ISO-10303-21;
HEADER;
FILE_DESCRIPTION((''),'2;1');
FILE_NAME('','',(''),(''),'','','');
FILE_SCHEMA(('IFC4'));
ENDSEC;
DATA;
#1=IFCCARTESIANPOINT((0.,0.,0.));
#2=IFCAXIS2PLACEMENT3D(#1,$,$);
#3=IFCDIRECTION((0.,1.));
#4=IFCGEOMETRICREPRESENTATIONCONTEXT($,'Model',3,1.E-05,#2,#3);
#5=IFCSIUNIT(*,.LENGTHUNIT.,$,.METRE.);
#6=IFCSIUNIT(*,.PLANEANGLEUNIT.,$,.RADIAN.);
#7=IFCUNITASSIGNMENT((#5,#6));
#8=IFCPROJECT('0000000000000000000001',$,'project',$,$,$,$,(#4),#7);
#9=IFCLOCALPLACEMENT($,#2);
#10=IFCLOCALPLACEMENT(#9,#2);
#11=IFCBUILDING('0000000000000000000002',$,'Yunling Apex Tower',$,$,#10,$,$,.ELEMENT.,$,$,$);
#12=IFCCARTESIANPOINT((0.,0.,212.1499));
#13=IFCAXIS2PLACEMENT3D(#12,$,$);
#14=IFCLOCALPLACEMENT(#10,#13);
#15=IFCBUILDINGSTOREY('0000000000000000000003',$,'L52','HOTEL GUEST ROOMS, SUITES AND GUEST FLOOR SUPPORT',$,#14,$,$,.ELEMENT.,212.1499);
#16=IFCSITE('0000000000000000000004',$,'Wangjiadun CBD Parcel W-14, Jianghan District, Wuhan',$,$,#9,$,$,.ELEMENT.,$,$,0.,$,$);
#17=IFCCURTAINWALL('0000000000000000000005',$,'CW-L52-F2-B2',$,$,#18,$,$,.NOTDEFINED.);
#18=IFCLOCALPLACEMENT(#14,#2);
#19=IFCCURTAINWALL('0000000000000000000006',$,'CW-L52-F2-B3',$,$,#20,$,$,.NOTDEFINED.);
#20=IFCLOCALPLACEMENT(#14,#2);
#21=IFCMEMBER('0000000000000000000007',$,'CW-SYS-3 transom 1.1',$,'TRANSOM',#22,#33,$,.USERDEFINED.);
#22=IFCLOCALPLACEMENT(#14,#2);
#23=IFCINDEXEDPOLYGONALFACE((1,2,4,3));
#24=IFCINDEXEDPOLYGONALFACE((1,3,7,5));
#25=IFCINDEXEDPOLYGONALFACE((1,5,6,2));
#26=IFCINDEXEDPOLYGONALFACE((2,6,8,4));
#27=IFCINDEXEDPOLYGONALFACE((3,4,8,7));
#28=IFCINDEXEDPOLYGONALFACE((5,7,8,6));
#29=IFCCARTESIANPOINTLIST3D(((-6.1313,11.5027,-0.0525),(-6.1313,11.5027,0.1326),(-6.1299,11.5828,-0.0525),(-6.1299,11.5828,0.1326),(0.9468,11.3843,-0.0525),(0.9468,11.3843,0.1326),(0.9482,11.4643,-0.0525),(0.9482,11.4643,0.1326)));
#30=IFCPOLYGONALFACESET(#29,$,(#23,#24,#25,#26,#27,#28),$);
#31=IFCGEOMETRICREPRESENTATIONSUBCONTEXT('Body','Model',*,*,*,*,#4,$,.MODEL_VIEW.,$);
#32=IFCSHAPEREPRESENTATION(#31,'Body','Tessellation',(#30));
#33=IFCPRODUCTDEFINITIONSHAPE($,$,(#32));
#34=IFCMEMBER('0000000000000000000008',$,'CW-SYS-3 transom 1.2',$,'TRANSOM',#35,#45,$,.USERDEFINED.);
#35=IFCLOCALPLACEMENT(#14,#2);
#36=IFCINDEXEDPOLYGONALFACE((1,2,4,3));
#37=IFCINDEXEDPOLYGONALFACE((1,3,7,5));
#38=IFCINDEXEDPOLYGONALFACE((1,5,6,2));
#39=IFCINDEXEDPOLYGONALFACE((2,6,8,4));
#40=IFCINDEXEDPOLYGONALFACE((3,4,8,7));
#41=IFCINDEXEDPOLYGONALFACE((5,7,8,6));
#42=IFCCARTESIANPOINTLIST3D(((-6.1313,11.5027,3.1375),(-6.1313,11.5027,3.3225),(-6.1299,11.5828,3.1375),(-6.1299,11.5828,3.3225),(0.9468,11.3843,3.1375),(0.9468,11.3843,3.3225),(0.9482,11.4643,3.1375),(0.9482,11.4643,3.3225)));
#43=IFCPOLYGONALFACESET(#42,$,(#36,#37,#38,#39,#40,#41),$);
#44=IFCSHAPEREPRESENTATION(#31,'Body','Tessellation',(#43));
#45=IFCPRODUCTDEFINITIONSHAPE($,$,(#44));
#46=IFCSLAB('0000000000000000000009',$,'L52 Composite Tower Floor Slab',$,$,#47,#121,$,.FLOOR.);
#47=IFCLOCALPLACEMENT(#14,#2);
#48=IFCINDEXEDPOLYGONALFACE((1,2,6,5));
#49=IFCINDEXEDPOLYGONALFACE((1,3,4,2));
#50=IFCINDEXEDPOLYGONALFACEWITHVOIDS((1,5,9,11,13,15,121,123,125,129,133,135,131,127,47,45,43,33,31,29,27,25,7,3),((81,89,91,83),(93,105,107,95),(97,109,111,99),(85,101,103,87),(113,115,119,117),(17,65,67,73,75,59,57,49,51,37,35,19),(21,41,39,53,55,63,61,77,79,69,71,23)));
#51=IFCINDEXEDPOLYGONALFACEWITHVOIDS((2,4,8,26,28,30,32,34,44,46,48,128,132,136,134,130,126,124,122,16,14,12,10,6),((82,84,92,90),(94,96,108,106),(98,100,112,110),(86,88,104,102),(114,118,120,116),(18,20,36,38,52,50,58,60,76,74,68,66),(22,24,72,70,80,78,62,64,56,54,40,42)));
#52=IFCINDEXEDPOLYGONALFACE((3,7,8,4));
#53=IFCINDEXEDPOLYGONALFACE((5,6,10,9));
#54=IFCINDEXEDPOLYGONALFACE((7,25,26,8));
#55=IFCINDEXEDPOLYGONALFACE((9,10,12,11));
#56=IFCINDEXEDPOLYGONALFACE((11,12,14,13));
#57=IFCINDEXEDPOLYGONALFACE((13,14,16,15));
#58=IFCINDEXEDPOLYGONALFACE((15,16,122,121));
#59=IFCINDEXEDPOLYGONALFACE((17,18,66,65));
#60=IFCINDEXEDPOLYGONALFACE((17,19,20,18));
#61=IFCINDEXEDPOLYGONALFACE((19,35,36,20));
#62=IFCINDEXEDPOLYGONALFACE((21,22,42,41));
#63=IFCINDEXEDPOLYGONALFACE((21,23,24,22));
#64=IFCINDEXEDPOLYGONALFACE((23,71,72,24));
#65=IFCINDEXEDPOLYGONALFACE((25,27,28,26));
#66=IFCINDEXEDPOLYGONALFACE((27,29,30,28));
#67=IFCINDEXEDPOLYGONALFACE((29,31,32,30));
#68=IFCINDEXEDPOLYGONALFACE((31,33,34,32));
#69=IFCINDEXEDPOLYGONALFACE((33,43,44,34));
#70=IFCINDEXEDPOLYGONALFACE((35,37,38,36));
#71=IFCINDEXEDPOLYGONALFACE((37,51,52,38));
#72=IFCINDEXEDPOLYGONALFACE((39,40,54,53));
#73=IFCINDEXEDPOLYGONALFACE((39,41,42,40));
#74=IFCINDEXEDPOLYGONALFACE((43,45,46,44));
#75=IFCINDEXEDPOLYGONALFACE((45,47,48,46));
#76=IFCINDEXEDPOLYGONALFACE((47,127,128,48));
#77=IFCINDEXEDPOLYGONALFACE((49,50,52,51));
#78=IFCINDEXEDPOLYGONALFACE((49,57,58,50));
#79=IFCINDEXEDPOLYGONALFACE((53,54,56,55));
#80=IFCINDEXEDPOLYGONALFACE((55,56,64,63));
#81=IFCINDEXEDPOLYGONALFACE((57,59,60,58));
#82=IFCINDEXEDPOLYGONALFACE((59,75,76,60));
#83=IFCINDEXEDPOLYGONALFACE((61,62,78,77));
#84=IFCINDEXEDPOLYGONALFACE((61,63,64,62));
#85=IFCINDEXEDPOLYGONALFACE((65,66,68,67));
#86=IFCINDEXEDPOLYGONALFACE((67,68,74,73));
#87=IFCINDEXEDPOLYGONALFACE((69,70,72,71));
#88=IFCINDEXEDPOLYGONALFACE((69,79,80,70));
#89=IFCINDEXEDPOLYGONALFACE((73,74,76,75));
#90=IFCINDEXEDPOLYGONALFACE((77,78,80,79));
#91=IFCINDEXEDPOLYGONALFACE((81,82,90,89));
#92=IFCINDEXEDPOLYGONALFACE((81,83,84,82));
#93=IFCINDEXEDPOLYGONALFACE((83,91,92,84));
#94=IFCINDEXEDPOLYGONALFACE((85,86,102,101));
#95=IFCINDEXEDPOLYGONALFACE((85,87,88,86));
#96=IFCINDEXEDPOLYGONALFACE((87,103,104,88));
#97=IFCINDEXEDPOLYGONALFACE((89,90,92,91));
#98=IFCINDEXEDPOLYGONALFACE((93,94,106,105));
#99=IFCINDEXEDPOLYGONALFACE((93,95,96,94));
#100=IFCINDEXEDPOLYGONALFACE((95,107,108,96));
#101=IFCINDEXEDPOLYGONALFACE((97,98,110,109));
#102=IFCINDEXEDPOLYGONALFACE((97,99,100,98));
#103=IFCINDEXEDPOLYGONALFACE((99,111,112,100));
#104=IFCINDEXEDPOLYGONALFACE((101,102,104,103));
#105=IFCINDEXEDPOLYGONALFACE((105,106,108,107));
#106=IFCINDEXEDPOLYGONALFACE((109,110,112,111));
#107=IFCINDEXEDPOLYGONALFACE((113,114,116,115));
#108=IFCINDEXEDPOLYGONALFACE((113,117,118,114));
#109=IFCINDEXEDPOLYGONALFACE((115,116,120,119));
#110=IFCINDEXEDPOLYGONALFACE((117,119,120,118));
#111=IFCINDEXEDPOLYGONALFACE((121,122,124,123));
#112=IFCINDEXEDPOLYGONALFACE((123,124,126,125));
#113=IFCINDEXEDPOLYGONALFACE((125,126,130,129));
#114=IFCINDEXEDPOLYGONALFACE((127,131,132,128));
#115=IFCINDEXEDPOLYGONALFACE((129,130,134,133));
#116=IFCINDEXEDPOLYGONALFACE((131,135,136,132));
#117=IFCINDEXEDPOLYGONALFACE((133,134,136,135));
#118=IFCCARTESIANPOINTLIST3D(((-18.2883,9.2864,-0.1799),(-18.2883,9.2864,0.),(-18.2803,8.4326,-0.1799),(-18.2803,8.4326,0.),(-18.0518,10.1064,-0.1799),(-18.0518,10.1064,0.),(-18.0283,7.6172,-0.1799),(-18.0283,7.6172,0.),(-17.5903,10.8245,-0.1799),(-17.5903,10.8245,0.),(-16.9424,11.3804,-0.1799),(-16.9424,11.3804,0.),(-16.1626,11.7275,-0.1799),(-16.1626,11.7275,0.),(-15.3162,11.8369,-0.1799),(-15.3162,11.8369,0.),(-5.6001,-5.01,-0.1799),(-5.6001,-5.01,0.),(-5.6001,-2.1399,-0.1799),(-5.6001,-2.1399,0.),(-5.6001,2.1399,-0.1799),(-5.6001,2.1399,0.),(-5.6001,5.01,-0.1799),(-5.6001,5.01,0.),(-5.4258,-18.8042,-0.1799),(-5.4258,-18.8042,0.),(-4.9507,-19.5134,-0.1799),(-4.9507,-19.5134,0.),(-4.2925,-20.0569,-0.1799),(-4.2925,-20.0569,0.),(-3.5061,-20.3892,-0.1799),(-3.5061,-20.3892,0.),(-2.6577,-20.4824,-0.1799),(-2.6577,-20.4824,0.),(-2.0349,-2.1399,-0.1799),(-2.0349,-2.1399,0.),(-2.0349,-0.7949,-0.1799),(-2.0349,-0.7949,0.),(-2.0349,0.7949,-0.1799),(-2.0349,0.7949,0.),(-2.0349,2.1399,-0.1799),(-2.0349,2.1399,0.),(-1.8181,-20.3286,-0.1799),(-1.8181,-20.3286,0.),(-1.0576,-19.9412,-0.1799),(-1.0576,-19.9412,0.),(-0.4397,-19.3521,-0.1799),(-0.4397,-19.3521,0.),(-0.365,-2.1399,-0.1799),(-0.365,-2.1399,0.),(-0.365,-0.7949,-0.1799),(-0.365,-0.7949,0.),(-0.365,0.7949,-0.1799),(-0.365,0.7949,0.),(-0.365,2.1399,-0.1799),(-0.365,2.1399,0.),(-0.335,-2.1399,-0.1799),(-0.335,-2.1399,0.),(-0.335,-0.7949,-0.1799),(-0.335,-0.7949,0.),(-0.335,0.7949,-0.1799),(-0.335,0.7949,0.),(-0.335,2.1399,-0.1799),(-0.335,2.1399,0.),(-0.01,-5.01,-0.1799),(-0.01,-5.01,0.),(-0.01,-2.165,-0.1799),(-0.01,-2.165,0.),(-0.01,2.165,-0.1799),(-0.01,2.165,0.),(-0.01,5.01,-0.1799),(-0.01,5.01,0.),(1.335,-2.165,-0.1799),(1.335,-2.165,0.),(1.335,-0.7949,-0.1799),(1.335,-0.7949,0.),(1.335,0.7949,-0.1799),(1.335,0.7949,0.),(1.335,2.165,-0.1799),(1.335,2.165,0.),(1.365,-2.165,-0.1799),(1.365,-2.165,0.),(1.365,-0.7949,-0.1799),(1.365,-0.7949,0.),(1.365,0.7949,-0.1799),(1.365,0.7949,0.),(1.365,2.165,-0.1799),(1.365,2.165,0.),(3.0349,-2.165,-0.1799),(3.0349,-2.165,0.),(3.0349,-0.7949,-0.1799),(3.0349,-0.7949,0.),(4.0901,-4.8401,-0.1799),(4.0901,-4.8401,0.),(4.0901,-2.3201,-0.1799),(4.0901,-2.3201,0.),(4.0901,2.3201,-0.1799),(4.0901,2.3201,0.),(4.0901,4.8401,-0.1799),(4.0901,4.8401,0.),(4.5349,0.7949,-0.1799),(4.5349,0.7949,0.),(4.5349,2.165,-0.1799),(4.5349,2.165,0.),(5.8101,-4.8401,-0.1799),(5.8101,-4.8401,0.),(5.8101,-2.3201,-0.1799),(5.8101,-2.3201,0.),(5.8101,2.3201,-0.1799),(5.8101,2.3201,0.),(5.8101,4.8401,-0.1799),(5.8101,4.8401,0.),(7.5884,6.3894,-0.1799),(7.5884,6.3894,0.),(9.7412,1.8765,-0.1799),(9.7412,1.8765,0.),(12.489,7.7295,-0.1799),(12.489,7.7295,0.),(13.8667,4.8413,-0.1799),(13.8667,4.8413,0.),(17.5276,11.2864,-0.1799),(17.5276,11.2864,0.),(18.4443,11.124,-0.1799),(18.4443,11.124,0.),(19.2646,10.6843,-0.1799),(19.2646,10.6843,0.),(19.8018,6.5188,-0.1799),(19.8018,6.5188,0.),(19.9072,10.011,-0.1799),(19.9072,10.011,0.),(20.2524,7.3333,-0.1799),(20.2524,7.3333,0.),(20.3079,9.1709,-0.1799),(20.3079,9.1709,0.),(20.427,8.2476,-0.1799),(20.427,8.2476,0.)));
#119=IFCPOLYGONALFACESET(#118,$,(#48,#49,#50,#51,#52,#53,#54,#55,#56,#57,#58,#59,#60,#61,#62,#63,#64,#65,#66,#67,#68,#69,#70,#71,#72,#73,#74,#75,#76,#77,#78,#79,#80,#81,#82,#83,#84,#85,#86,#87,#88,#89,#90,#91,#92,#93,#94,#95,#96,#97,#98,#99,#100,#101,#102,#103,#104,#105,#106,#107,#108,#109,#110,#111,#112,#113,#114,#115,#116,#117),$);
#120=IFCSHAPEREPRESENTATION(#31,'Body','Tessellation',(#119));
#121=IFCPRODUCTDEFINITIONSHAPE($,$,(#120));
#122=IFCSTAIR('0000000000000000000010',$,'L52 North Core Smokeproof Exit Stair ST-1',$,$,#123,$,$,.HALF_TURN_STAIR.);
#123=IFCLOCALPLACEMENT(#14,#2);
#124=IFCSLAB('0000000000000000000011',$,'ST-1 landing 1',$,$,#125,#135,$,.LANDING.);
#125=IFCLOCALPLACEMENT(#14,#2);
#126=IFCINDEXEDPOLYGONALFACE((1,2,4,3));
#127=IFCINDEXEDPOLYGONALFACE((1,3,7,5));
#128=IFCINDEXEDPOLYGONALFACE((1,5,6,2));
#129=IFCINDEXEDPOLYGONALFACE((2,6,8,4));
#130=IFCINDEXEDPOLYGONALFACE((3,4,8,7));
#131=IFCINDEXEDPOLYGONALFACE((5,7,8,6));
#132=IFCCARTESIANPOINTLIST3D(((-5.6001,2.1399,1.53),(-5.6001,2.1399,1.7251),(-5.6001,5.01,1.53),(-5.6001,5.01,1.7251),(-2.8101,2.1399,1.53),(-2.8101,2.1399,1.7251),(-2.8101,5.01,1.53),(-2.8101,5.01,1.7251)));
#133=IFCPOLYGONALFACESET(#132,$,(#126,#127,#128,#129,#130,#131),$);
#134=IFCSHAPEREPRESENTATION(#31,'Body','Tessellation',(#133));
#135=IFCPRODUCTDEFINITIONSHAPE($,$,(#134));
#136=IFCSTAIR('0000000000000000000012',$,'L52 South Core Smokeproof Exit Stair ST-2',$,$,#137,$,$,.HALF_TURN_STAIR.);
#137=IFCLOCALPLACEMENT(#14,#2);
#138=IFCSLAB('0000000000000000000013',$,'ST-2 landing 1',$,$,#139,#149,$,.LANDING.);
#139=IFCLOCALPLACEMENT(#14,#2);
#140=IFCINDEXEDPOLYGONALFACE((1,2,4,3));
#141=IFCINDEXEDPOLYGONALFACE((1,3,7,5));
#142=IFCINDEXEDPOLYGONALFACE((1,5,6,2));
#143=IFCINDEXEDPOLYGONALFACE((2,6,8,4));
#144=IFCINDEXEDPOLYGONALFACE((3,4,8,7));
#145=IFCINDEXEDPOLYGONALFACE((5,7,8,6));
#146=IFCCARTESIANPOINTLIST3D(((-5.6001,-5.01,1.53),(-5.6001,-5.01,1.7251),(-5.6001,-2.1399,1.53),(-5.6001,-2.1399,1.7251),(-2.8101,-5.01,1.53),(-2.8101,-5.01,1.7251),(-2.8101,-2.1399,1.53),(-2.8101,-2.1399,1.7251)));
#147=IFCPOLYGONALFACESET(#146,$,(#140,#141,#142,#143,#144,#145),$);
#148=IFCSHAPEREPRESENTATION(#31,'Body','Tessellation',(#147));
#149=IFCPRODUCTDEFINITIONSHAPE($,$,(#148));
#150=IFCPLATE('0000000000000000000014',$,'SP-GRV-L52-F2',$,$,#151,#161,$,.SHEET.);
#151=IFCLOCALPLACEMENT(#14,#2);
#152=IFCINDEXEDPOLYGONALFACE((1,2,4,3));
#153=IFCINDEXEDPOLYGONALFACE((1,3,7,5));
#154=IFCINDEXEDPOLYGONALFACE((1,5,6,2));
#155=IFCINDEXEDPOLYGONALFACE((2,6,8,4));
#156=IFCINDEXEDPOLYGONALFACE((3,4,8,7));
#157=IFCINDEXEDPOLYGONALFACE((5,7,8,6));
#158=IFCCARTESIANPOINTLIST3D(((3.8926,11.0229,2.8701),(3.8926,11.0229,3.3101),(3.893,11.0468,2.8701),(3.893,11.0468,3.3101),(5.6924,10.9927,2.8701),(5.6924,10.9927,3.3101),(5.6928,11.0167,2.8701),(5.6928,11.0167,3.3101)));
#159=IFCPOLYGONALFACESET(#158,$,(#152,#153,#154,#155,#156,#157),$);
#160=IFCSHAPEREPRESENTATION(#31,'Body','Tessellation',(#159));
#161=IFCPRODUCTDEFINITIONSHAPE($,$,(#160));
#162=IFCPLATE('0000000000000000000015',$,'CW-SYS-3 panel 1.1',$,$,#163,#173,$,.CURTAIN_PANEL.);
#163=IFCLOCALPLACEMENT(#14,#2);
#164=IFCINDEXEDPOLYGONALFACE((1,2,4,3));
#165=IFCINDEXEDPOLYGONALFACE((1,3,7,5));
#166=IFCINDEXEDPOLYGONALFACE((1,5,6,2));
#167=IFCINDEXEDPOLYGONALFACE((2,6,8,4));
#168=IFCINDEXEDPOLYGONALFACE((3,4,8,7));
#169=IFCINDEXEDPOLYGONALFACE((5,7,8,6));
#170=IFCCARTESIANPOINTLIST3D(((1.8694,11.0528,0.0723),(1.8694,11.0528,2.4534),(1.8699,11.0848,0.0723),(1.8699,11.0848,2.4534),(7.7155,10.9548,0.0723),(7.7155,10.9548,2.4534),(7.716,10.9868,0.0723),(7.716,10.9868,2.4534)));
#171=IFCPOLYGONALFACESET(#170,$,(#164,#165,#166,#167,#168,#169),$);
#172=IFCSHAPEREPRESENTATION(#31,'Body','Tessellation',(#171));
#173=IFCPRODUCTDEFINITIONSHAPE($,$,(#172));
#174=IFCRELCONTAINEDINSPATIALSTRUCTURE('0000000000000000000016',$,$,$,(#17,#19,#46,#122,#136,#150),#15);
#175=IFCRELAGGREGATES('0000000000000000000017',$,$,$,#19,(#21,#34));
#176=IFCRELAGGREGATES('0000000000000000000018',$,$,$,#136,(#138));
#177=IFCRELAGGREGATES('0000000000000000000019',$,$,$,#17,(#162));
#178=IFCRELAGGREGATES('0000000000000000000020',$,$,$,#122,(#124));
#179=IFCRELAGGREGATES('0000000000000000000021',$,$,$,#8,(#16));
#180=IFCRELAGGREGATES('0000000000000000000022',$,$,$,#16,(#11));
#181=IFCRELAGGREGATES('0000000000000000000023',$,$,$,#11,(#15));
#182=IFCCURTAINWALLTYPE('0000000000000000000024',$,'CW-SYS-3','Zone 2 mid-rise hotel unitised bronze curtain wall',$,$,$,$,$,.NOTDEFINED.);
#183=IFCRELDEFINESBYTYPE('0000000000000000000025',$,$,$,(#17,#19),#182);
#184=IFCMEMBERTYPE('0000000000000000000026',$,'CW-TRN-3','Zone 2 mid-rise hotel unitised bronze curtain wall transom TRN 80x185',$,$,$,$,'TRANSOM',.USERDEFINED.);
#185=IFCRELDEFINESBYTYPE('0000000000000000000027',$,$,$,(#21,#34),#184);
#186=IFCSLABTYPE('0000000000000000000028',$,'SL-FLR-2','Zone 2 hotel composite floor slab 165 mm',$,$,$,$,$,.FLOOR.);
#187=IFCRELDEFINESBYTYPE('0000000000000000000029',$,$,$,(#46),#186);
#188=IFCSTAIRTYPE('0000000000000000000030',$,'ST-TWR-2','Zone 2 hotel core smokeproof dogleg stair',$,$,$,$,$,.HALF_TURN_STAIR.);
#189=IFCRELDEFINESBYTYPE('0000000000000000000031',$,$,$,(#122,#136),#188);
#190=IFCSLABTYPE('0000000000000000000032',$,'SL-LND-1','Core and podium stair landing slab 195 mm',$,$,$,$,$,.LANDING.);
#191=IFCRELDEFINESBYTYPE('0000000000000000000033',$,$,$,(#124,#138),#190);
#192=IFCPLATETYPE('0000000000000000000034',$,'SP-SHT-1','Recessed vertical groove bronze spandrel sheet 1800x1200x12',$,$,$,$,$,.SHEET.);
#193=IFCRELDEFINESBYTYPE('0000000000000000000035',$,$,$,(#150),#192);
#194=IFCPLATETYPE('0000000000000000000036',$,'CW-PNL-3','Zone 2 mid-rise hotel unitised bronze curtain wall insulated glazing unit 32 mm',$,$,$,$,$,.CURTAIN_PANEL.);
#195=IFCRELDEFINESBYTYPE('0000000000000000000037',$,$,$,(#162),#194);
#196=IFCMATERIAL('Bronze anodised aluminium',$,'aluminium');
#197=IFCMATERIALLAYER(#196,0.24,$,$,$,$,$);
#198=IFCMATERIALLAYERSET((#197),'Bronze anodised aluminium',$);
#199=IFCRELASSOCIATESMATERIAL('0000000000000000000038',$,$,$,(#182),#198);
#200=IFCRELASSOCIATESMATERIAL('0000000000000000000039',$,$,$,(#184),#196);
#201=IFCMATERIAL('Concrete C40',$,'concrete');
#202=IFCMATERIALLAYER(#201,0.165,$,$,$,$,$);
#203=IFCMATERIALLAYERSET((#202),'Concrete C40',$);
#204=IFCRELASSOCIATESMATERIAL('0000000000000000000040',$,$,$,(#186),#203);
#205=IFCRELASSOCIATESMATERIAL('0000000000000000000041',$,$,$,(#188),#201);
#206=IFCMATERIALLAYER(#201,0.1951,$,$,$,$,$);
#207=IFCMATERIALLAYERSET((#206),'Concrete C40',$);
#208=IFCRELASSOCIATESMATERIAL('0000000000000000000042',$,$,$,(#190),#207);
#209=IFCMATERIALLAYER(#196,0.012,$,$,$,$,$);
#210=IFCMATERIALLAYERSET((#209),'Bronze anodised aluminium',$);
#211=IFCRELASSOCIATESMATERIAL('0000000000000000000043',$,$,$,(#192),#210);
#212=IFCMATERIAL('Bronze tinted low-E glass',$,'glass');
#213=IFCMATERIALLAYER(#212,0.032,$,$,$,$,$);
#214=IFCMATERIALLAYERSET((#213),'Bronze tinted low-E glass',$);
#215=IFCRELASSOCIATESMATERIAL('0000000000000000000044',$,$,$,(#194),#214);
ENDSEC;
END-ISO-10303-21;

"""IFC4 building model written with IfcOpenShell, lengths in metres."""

from ifc_helpers import new_model, si_unit, direction, frame, origin, origin_2d, place, context, subcontext, project, spatial, polyline, rectangle, outline, extrude, source, transform, mapped, material, layer, layer_set, material_profile, profile_set, type_object, element, aggregate, save


model = new_model("IFC4")

# Units and contexts
model_context = context("Model", 3, precision=1e-05, world=origin(), true_north=direction((0.0, 1.0)))
body_context = subcontext(model_context, "Body", "Model", "MODEL_VIEW")
ifc_project = project(units=[si_unit("LENGTHUNIT", "METRE"), si_unit("PLANEANGLEUNIT", "RADIAN")], contexts=[model_context])

# Site, building, storey
site_placement = place(None, origin())
site = spatial("IfcSite", under=ifc_project, at=site_placement, Name="Wangjiadun CBD Parcel W-14, Jianghan District, Wuhan", CompositionType="ELEMENT", RefElevation=0.0)
building_placement = place(site_placement, origin())
building = spatial("IfcBuilding", under=site, at=building_placement, Name="Yunling Apex Tower", CompositionType="ELEMENT")
storey_placement = place(building_placement, frame((0.0, 0.0, 212.1499)))
storey = spatial("IfcBuildingStorey", under=building, at=storey_placement, Name="L52", Description="HOTEL GUEST ROOMS, SUITES AND GUEST FLOOR SUPPORT", CompositionType="ELEMENT", Elevation=212.1499)

# Curtain wall
ifc_material_1 = material(Name="Bronze anodised aluminium", Category="aluminium")
ifc_layer_1 = layer(ifc_material_1, 0.24)
ifc_layer_set_1 = layer_set([ifc_layer_1], Name="Bronze anodised aluminium")
curtain_wall_type = type_object("IfcCurtainWallType", Name="CW-SYS-3", Description="Zone 2 mid-rise hotel unitised bronze curtain wall", PredefinedType="NOTDEFINED", material=ifc_layer_set_1)
curtain_wall_1_placement = place(storey_placement, origin())
curtain_wall_1 = element("IfcCurtainWall", 1, at=curtain_wall_1_placement, inside=storey, type_object=curtain_wall_type, Name="CW-L52-F2-B2", PredefinedType="NOTDEFINED")

# Curtain wall, members
curtain_wall_2_placement = place(storey_placement, origin())
curtain_wall_2 = element("IfcCurtainWall", 2, at=curtain_wall_2_placement, inside=storey, type_object=curtain_wall_type, Name="CW-L52-F2-B3", PredefinedType="NOTDEFINED")
ifc_material_profile_1 = material_profile(ifc_material_1, rectangle(XDim=0.0801, YDim=0.1851, at=origin_2d()))
ifc_profile_set_1 = profile_set([ifc_material_profile_1], Name="Bronze anodised aluminium")
member_type_1 = type_object("IfcMemberType", Name="CW-TRN-3", Description="Zone 2 mid-rise hotel unitised bronze curtain wall transom TRN 80x185", ElementType="TRANSOM", PredefinedType="USERDEFINED", material=ifc_profile_set_1)
shared_shape_1 = source(origin(), body_context, "Body", "SweptSolid", [
    extrude(rectangle(XDim=0.0801, YDim=0.1851, at=origin_2d()), origin(), (0.0, 0.0, 1.0), 7.0791),
])
member_1_placement = place(storey_placement, frame((0.9475, 11.4243, 0.04), z_axis=(-0.99986, 0.016726, 0.0), x_axis=(-0.016726, -0.99986, 0.0)))
member_1 = element("IfcMember", 3, at=member_1_placement, type_object=member_type_1, Name="CW-SYS-3 transom 1.1", ObjectType="TRANSOM", PredefinedType="USERDEFINED", context=body_context, shape_type="MappedRepresentation", body=[
    mapped(shared_shape_1, transform((0.0, 0.0, 0.0), scale=1.0)),
])
member_2_placement = place(storey_placement, frame((0.9475, 11.4243, 3.23), z_axis=(-0.99986, 0.016726, 0.0), x_axis=(-0.016726, -0.99986, 0.0)))
member_2 = element("IfcMember", 4, at=member_2_placement, type_object=member_type_1, Name="CW-SYS-3 transom 1.2", ObjectType="TRANSOM", PredefinedType="USERDEFINED", context=body_context, shape_type="MappedRepresentation", body=[
    mapped(shared_shape_1, transform((0.0, 0.0, 0.0), scale=1.0)),
])
aggregate(curtain_wall_2, [member_1, member_2])

# Slab
ifc_material_2 = material(Name="Concrete C40", Category="concrete")
ifc_layer_2 = layer(ifc_material_2, 0.165)
ifc_layer_set_2 = layer_set([ifc_layer_2], Name="Concrete C40")
slab_type_1 = type_object("IfcSlabType", Name="SL-FLR-2", Description="Zone 2 hotel composite floor slab 165 mm", PredefinedType="FLOOR", material=ifc_layer_set_2)
slab_1_placement = place(storey_placement, frame((0.0, 0.0, -0.1799)))
element("IfcSlab", 5, at=slab_1_placement, inside=storey, type_object=slab_type_1, Name="L52 Composite Tower Floor Slab", PredefinedType="FLOOR", context=body_context, shape_type="SweptSolid", body=[
    extrude(outline(polyline([(-5.4258, -18.8042), (-4.9507, -19.5134), (-4.2925, -20.0569), (-3.5061, -20.3892), (-2.6577, -20.4824), (-1.8181, -20.3286), (-1.0576, -19.9412), (-0.4397, -19.3521), (19.8018, 6.5188), (20.2524, 7.3333), (20.427, 8.2476), (20.3079, 9.1709), (19.9072, 10.011), (19.2646, 10.6843), (18.4443, 11.124), (17.5276, 11.2864), (-15.3162, 11.8369), (-16.1626, 11.7275), (-16.9424, 11.3804), (-17.5903, 10.8245), (-18.0518, 10.1064), (-18.2883, 9.2864), (-18.2803, 8.4326), (-18.0283, 7.6172), (-5.4258, -18.8042)]), holes=[polyline([(12.489, 7.7295), (13.8667, 4.8413), (9.7412, 1.8765), (7.5884, 6.3894), (12.489, 7.7295)]), polyline([(4.0901, -2.3201), (5.8101, -2.3201), (5.8101, -4.8401), (4.0901, -4.8401), (4.0901, -2.3201)]), polyline([(5.8101, 4.8401), (5.8101, 2.3201), (4.0901, 2.3201), (4.0901, 4.8401), (5.8101, 4.8401)]), polyline([(1.365, 2.165), (4.5349, 2.165), (4.5349, 0.7949), (1.365, 0.7949), (1.365, 2.165)]), polyline([(3.0349, -0.7949), (3.0349, -2.165), (1.365, -2.165), (1.365, -0.7949), (3.0349, -0.7949)]), polyline([(-2.0349, -0.7949), (-0.365, -0.7949), (-0.365, -2.1399), (-0.335, -2.1399), (-0.335, -0.7949), (1.335, -0.7949), (1.335, -2.165), (-0.01, -2.165), (-0.01, -5.01), (-5.6001, -5.01), (-5.6001, -2.1399), (-2.0349, -2.1399), (-2.0349, -0.7949)]), polyline([(-5.6001, 2.1399), (-5.6001, 5.01), (-0.01, 5.01), (-0.01, 2.165), (1.335, 2.165), (1.335, 0.7949), (-0.335, 0.7949), (-0.335, 2.1399), (-0.365, 2.1399), (-0.365, 0.7949), (-2.0349, 0.7949), (-2.0349, 2.1399), (-5.6001, 2.1399)])]), origin(), (0.0, 0.0, 1.0), 0.1799),
])

# Stairs, slabs
stair_type = type_object("IfcStairType", Name="ST-TWR-2", Description="Zone 2 hotel core smokeproof dogleg stair", PredefinedType="HALF_TURN_STAIR", material=ifc_material_2)
stair_1_placement = place(storey_placement, origin())
stair_1 = element("IfcStair", 6, at=stair_1_placement, inside=storey, type_object=stair_type, Name="L52 North Core Smokeproof Exit Stair ST-1", PredefinedType="HALF_TURN_STAIR")
ifc_layer_3 = layer(ifc_material_2, 0.1951)
ifc_layer_set_3 = layer_set([ifc_layer_3], Name="Concrete C40")
slab_type_2 = type_object("IfcSlabType", Name="SL-LND-1", Description="Core and podium stair landing slab 195 mm", PredefinedType="LANDING", material=ifc_layer_set_3)
slab_2_placement = place(storey_placement, frame((0.0, 0.0, 1.53)))
slab_2 = element("IfcSlab", 7, at=slab_2_placement, type_object=slab_type_2, Name="ST-1 landing 1", PredefinedType="LANDING", context=body_context, shape_type="SweptSolid", body=[
    extrude(outline(polyline([(-2.8101, 5.01), (-5.6001, 5.01), (-5.6001, 2.1399), (-2.8101, 2.1399), (-2.8101, 5.01)])), origin(), (0.0, 0.0, 1.0), 0.1951),
])
stair_2_placement = place(storey_placement, origin())
stair_2 = element("IfcStair", 8, at=stair_2_placement, inside=storey, type_object=stair_type, Name="L52 South Core Smokeproof Exit Stair ST-2", PredefinedType="HALF_TURN_STAIR")
slab_3_placement = place(storey_placement, frame((0.0, 0.0, 1.53)))
slab_3 = element("IfcSlab", 9, at=slab_3_placement, type_object=slab_type_2, Name="ST-2 landing 1", PredefinedType="LANDING", context=body_context, shape_type="SweptSolid", body=[
    extrude(outline(polyline([(-2.8101, -2.1399), (-5.6001, -2.1399), (-5.6001, -5.01), (-2.8101, -5.01), (-2.8101, -2.1399)])), origin(), (0.0, 0.0, 1.0), 0.1951),
])
aggregate(stair_2, [slab_3])

# Plates
ifc_layer_4 = layer(ifc_material_1, 0.012)
ifc_layer_set_4 = layer_set([ifc_layer_4], Name="Bronze anodised aluminium")
plate_type_1 = type_object("IfcPlateType", Name="SP-SHT-1", Description="Recessed vertical groove bronze spandrel sheet 1800x1200x12", PredefinedType="SHEET", material=ifc_layer_set_4)
shared_shape_2 = source(origin(), body_context, "Body", "SweptSolid", [
    extrude(rectangle(XDim=1.8, YDim=0.0239, at=origin_2d()), origin(), (0.0, 0.0, 1.0), 0.4399),
])
plate_1_placement = place(storey_placement, frame((4.7927, 11.0198, 2.8701), z_axis=(0.0, 0.0, 1.0), x_axis=(-0.99986, 0.016754, 0.0)))
element("IfcPlate", 10, at=plate_1_placement, inside=storey, type_object=plate_type_1, Name="SP-GRV-L52-F2", PredefinedType="SHEET", context=body_context, shape_type="MappedRepresentation", body=[
    mapped(shared_shape_2, transform((0.0, 0.0, 0.0), scale=1.0)),
])
ifc_material_3 = material(Name="Bronze tinted low-E glass", Category="glass")
ifc_layer_5 = layer(ifc_material_3, 0.032)
ifc_layer_set_5 = layer_set([ifc_layer_5], Name="Bronze tinted low-E glass")
plate_type_2 = type_object("IfcPlateType", Name="CW-PNL-3", Description="Zone 2 mid-rise hotel unitised bronze curtain wall insulated glazing unit 32 mm", PredefinedType="CURTAIN_PANEL", material=ifc_layer_set_5)
shared_shape_3 = source(origin(), body_context, "Body", "SweptSolid", [
    extrude(rectangle(XDim=5.8469, YDim=0.032, at=origin_2d()), origin(), (0.0, 0.0, 1.0), 2.3811),
])
plate_2_placement = place(storey_placement, frame((4.7927, 11.0198, 0.0723), z_axis=(0.0, 0.0, 1.0), x_axis=(-0.99986, 0.016759, 0.0)))
plate_2 = element("IfcPlate", 11, at=plate_2_placement, type_object=plate_type_2, Name="CW-SYS-3 panel 1.1", PredefinedType="CURTAIN_PANEL", context=body_context, shape_type="MappedRepresentation", body=[
    mapped(shared_shape_3, transform((0.0, 0.0, 0.0), scale=1.0)),
])
aggregate(curtain_wall_1, [plate_2])

aggregate(stair_1, [slab_2])

save(model, "model.ifc")
